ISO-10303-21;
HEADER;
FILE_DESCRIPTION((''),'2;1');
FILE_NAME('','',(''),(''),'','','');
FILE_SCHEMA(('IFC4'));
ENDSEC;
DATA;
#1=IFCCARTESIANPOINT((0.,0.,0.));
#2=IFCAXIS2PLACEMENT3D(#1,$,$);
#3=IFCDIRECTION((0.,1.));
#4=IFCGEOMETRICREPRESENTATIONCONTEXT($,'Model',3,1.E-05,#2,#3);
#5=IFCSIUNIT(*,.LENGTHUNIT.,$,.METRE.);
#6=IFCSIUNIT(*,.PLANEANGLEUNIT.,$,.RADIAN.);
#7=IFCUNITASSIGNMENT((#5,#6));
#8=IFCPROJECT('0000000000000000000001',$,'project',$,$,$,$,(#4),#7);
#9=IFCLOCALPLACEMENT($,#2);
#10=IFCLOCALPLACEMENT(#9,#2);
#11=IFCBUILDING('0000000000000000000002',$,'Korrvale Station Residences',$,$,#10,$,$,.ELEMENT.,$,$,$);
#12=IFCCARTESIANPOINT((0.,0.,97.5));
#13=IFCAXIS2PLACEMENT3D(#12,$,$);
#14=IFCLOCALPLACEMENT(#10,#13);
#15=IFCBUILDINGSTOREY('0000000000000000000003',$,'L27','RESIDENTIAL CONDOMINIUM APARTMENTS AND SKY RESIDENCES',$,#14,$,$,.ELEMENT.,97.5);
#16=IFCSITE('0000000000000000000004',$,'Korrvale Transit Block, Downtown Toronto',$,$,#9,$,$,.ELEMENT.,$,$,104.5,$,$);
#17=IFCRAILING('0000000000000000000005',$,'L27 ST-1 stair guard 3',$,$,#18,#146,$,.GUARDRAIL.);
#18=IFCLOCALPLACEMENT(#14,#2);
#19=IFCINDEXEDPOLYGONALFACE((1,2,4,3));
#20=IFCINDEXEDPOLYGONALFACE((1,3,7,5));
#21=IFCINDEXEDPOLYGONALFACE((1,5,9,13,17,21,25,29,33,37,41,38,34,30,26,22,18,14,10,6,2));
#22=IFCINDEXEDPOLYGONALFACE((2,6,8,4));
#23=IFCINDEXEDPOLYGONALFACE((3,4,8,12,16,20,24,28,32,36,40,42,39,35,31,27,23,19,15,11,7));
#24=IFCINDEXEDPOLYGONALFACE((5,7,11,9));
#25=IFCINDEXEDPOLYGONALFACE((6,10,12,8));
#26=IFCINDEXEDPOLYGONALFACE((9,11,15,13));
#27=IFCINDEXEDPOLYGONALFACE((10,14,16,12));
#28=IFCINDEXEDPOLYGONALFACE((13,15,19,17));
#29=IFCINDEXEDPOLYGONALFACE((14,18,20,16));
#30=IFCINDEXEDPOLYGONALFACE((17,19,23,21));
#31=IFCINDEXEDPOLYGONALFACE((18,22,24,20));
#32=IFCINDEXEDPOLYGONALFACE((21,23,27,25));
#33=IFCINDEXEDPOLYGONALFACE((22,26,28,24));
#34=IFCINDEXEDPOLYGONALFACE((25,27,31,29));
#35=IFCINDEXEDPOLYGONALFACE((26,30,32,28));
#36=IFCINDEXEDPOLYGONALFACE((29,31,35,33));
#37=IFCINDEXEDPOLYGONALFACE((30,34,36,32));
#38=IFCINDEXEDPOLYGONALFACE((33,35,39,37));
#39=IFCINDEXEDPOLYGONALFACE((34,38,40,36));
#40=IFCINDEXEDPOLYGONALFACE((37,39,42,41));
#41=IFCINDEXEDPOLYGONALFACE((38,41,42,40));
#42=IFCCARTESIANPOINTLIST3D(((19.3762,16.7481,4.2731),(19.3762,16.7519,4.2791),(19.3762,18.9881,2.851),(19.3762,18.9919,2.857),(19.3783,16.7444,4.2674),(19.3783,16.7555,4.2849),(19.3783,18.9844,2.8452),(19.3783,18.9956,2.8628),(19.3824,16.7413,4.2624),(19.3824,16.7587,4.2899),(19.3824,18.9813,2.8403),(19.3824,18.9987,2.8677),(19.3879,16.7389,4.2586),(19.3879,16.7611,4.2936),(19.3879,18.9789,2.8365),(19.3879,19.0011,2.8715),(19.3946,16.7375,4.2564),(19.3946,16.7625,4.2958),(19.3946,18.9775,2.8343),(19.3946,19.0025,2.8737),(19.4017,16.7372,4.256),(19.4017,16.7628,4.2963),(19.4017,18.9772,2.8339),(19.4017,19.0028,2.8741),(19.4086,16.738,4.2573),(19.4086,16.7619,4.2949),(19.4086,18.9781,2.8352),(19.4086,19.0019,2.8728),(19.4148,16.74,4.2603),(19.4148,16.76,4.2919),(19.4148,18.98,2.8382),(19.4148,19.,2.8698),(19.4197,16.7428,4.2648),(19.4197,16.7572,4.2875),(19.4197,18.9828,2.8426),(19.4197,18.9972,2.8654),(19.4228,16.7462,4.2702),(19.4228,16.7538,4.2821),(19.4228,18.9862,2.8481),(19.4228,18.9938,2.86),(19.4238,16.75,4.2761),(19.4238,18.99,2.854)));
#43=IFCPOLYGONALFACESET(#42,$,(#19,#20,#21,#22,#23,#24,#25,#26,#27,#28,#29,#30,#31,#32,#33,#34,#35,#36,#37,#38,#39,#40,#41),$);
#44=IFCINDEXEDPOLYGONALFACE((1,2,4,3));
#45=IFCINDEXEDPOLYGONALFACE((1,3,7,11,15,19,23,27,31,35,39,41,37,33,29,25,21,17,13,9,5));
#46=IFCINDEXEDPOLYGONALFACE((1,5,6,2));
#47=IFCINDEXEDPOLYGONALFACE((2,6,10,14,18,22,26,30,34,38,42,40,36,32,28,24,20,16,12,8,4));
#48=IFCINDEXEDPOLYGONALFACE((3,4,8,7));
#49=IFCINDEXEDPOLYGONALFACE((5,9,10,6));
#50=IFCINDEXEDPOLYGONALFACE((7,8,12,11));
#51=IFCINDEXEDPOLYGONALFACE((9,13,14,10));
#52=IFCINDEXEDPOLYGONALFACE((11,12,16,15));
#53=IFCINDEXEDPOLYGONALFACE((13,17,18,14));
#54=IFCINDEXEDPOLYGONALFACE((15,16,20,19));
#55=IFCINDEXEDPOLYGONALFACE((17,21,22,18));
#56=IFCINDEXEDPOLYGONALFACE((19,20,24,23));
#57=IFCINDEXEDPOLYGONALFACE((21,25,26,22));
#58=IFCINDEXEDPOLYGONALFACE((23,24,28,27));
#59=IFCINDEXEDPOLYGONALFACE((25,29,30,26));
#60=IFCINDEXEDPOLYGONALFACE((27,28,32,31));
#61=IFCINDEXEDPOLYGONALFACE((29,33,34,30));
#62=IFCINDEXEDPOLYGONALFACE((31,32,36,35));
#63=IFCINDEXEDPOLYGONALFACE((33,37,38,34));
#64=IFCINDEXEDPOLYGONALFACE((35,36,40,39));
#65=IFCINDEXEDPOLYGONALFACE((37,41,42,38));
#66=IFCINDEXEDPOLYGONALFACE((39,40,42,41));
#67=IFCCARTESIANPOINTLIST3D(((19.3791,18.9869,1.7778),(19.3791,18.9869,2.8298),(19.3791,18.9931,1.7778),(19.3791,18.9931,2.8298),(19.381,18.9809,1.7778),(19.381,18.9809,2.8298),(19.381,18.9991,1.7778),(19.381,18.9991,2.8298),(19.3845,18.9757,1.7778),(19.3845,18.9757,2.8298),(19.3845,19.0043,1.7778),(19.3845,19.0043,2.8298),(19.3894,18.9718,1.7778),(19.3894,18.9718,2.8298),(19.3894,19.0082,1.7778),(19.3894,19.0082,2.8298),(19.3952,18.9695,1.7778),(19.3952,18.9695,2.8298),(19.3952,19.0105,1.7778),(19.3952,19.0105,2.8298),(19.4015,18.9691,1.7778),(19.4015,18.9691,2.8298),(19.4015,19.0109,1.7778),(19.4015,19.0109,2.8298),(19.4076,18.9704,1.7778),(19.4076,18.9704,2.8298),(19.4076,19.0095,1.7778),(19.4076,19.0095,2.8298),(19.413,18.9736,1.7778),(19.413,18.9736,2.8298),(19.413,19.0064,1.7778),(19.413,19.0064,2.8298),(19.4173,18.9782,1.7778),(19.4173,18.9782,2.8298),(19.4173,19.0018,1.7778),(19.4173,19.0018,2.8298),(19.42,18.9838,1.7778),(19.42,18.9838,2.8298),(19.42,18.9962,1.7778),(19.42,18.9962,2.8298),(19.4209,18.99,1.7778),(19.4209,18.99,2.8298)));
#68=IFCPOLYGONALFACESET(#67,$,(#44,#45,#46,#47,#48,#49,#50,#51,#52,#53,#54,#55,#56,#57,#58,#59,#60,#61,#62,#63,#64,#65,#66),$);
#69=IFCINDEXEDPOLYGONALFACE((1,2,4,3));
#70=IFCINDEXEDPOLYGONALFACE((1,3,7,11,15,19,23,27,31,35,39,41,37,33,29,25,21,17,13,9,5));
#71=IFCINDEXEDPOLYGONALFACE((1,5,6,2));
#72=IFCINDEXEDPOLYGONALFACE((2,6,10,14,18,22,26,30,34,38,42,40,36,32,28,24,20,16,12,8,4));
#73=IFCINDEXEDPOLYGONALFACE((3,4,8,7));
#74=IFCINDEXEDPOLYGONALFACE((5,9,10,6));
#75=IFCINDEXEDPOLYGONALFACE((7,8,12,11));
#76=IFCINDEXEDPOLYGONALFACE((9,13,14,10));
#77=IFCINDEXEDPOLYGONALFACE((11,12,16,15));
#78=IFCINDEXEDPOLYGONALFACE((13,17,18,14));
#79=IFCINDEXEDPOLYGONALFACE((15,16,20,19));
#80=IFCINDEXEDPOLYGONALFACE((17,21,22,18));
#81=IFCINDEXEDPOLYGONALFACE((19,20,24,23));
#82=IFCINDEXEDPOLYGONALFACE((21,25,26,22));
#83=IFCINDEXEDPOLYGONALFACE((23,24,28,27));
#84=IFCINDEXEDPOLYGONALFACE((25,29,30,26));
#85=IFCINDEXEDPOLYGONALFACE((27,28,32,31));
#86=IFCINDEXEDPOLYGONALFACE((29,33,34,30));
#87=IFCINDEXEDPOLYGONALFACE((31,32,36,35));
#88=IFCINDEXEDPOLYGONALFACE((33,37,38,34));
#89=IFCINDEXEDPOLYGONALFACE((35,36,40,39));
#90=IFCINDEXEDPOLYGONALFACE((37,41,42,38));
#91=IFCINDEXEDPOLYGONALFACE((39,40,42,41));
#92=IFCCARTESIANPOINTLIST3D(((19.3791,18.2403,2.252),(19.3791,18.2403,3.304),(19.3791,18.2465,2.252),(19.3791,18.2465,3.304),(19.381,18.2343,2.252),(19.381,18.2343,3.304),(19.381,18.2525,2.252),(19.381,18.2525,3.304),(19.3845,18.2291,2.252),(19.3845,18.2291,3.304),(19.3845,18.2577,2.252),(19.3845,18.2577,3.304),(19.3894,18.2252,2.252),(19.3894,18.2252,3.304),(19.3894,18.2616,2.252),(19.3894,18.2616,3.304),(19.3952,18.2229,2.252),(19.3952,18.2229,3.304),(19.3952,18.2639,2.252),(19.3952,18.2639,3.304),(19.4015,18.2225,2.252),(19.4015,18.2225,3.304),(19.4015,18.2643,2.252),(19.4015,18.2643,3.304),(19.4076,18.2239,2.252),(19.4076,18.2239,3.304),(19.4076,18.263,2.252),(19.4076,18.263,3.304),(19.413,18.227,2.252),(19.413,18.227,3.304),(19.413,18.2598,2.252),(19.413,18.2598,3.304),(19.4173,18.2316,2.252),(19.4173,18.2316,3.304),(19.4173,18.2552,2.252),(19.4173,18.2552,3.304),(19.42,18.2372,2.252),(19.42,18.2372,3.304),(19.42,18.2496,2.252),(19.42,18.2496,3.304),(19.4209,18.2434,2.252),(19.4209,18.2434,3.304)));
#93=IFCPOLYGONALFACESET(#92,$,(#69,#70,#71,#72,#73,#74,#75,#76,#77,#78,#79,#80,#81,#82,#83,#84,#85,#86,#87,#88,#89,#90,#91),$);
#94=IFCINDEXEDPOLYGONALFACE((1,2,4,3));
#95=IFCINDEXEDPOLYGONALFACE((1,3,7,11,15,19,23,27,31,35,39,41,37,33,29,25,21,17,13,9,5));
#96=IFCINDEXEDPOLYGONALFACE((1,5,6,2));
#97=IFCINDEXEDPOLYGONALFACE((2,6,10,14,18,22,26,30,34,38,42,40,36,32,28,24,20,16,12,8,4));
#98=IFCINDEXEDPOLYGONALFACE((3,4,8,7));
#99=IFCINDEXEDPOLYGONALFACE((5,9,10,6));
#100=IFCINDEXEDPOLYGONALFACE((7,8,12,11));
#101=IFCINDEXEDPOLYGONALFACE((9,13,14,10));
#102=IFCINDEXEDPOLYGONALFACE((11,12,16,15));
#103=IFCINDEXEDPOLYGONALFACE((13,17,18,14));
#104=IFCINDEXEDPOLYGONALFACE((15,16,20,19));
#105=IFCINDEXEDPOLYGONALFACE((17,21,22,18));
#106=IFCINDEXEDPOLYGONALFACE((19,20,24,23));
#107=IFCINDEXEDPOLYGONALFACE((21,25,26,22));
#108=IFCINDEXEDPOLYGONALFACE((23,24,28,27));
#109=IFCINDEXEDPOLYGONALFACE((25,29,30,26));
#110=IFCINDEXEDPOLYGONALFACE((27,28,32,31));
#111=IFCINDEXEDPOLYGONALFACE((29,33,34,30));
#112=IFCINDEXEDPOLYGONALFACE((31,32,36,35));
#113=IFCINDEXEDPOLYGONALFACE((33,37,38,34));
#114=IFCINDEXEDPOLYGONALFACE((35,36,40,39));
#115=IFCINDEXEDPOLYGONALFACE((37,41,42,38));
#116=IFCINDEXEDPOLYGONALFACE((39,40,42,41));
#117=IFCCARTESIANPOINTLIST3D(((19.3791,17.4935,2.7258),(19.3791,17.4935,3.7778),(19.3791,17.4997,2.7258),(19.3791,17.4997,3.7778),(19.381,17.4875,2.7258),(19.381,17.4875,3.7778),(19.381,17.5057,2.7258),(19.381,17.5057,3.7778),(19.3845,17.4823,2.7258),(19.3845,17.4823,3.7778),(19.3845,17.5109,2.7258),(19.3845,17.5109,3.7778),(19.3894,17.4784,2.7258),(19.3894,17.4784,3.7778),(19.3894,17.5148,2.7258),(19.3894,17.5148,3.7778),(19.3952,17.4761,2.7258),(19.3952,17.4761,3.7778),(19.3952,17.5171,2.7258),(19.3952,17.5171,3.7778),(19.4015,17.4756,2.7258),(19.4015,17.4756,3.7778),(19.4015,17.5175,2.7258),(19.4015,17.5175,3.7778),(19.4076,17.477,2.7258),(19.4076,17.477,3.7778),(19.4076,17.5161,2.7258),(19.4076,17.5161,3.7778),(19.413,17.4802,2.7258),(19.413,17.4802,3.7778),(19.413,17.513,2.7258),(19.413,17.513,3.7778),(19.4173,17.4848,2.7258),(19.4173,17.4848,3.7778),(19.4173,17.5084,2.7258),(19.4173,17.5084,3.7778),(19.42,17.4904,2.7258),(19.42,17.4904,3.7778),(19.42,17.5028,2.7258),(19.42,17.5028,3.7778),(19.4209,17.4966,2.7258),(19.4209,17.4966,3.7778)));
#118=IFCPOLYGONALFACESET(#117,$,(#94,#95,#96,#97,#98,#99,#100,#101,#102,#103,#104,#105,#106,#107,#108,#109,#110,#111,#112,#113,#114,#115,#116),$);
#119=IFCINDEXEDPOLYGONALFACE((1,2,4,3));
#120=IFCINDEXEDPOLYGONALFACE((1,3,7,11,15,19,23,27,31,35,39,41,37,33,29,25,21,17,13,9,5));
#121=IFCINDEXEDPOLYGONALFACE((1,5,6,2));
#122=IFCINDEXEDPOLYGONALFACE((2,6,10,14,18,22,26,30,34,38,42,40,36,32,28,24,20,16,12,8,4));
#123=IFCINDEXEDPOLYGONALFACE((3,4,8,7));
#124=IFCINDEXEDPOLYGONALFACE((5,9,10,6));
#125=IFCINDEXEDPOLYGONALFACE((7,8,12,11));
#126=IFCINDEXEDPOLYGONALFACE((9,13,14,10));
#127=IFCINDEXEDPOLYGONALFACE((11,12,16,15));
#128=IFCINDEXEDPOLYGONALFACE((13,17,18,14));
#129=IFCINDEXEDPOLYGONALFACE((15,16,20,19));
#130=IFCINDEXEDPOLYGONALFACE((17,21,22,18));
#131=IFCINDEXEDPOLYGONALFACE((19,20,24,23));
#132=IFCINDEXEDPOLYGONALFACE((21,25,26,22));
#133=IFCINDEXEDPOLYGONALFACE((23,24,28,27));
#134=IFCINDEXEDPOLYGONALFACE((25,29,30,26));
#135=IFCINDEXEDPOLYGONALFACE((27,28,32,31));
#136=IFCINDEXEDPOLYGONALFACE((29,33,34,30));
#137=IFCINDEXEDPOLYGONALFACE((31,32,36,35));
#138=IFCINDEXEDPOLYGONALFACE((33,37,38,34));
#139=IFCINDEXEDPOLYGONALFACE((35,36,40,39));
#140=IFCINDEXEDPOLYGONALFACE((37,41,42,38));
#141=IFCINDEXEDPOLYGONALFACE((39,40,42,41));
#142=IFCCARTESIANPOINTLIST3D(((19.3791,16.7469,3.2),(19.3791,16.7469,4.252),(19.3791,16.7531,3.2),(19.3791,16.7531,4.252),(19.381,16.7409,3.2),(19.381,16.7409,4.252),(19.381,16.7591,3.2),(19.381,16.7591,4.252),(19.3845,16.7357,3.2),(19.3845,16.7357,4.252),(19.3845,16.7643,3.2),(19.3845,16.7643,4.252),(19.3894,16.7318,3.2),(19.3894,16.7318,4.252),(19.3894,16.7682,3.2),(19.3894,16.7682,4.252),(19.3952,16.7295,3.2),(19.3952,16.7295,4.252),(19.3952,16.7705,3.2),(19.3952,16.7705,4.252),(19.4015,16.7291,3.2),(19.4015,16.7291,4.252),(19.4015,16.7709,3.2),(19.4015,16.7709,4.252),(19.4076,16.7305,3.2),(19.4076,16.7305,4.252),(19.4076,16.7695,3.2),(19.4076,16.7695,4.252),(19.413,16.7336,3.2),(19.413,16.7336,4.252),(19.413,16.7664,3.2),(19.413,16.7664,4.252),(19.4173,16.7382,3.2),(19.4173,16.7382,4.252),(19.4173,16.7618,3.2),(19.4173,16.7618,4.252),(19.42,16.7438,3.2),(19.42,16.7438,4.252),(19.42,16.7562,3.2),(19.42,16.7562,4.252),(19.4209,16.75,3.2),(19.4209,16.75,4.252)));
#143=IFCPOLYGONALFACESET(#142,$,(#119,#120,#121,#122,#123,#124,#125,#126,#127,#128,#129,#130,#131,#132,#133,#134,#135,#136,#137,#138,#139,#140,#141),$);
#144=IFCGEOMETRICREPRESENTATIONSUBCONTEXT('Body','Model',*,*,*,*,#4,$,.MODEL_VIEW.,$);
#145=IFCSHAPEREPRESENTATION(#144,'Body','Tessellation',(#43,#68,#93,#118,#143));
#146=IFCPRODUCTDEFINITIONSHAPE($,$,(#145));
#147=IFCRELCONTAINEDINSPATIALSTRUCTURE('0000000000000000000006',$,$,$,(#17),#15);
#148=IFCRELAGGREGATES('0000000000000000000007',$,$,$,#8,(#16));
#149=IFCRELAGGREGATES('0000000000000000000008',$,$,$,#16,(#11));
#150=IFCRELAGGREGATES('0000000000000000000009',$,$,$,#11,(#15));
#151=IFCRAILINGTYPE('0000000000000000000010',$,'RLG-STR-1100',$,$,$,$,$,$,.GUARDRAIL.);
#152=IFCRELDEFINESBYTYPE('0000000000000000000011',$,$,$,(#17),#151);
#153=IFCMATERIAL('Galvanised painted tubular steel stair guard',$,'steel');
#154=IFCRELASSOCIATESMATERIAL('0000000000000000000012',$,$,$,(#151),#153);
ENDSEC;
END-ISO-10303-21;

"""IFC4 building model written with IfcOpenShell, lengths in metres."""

from ifc_helpers import new_model, si_unit, direction, frame, origin, origin_2d, place, context, subcontext, project, spatial, circle, extrude, material, type_object, element, save


model = new_model("IFC4")

# Units and contexts
model_context = context("Model", 3, precision=1e-05, world=origin(), true_north=direction((0.0, 1.0)))
body_context = subcontext(model_context, "Body", "Model", "MODEL_VIEW")
ifc_project = project(units=[si_unit("LENGTHUNIT", "METRE"), si_unit("PLANEANGLEUNIT", "RADIAN")], contexts=[model_context])

# Site, building, storey
site_placement = place(None, origin())
site = spatial("IfcSite", under=ifc_project, at=site_placement, Name="Korrvale Transit Block, Downtown Toronto", CompositionType="ELEMENT", RefElevation=104.5)
building_placement = place(site_placement, origin())
building = spatial("IfcBuilding", under=site, at=building_placement, Name="Korrvale Station Residences", CompositionType="ELEMENT")
storey_placement = place(building_placement, frame((0.0, 0.0, 97.5)))
storey = spatial("IfcBuildingStorey", under=building, at=storey_placement, Name="L27", Description="RESIDENTIAL CONDOMINIUM APARTMENTS AND SKY RESIDENCES", CompositionType="ELEMENT", Elevation=97.5)

# Railing
ifc_material_1 = material(Name="Galvanised painted tubular steel stair guard", Category="steel")
railing_type_1 = type_object("IfcRailingType", Name="RLG-STR-1100", PredefinedType="GUARDRAIL", material=ifc_material_1)
railing_1_placement = place(storey_placement, frame((19.3999, 18.99, 1.7778)))
element("IfcRailing", 1, at=railing_1_placement, inside=storey, type_object=railing_type_1, Name="L27 ST-1 stair guard 3", PredefinedType="GUARDRAIL", context=body_context, shape_type="SweptSolid", body=[
    extrude(circle(Radius=0.0239, at=origin_2d()), frame((0.0, 0.0, 1.0762), z_axis=(0.0, -0.844229, 0.535982), x_axis=(1.0, 0.0, 0.0)), (0.0, 0.0, 1.0), 2.6533),
    extrude(circle(Radius=0.021, at=origin_2d()), origin(), (0.0, 0.0, 1.0), 1.052),
    extrude(circle(Radius=0.021, at=origin_2d()), frame((0.0, -0.7466, 0.4741)), (0.0, 0.0, 1.0), 1.052),
    extrude(circle(Radius=0.021, at=origin_2d()), frame((0.0, -1.4934, 0.948)), (0.0, 0.0, 1.0), 1.052),
    extrude(circle(Radius=0.021, at=origin_2d()), frame((0.0, -2.24, 1.4221)), (0.0, 0.0, 1.0), 1.052),
])

save(model, "model.ifc")
